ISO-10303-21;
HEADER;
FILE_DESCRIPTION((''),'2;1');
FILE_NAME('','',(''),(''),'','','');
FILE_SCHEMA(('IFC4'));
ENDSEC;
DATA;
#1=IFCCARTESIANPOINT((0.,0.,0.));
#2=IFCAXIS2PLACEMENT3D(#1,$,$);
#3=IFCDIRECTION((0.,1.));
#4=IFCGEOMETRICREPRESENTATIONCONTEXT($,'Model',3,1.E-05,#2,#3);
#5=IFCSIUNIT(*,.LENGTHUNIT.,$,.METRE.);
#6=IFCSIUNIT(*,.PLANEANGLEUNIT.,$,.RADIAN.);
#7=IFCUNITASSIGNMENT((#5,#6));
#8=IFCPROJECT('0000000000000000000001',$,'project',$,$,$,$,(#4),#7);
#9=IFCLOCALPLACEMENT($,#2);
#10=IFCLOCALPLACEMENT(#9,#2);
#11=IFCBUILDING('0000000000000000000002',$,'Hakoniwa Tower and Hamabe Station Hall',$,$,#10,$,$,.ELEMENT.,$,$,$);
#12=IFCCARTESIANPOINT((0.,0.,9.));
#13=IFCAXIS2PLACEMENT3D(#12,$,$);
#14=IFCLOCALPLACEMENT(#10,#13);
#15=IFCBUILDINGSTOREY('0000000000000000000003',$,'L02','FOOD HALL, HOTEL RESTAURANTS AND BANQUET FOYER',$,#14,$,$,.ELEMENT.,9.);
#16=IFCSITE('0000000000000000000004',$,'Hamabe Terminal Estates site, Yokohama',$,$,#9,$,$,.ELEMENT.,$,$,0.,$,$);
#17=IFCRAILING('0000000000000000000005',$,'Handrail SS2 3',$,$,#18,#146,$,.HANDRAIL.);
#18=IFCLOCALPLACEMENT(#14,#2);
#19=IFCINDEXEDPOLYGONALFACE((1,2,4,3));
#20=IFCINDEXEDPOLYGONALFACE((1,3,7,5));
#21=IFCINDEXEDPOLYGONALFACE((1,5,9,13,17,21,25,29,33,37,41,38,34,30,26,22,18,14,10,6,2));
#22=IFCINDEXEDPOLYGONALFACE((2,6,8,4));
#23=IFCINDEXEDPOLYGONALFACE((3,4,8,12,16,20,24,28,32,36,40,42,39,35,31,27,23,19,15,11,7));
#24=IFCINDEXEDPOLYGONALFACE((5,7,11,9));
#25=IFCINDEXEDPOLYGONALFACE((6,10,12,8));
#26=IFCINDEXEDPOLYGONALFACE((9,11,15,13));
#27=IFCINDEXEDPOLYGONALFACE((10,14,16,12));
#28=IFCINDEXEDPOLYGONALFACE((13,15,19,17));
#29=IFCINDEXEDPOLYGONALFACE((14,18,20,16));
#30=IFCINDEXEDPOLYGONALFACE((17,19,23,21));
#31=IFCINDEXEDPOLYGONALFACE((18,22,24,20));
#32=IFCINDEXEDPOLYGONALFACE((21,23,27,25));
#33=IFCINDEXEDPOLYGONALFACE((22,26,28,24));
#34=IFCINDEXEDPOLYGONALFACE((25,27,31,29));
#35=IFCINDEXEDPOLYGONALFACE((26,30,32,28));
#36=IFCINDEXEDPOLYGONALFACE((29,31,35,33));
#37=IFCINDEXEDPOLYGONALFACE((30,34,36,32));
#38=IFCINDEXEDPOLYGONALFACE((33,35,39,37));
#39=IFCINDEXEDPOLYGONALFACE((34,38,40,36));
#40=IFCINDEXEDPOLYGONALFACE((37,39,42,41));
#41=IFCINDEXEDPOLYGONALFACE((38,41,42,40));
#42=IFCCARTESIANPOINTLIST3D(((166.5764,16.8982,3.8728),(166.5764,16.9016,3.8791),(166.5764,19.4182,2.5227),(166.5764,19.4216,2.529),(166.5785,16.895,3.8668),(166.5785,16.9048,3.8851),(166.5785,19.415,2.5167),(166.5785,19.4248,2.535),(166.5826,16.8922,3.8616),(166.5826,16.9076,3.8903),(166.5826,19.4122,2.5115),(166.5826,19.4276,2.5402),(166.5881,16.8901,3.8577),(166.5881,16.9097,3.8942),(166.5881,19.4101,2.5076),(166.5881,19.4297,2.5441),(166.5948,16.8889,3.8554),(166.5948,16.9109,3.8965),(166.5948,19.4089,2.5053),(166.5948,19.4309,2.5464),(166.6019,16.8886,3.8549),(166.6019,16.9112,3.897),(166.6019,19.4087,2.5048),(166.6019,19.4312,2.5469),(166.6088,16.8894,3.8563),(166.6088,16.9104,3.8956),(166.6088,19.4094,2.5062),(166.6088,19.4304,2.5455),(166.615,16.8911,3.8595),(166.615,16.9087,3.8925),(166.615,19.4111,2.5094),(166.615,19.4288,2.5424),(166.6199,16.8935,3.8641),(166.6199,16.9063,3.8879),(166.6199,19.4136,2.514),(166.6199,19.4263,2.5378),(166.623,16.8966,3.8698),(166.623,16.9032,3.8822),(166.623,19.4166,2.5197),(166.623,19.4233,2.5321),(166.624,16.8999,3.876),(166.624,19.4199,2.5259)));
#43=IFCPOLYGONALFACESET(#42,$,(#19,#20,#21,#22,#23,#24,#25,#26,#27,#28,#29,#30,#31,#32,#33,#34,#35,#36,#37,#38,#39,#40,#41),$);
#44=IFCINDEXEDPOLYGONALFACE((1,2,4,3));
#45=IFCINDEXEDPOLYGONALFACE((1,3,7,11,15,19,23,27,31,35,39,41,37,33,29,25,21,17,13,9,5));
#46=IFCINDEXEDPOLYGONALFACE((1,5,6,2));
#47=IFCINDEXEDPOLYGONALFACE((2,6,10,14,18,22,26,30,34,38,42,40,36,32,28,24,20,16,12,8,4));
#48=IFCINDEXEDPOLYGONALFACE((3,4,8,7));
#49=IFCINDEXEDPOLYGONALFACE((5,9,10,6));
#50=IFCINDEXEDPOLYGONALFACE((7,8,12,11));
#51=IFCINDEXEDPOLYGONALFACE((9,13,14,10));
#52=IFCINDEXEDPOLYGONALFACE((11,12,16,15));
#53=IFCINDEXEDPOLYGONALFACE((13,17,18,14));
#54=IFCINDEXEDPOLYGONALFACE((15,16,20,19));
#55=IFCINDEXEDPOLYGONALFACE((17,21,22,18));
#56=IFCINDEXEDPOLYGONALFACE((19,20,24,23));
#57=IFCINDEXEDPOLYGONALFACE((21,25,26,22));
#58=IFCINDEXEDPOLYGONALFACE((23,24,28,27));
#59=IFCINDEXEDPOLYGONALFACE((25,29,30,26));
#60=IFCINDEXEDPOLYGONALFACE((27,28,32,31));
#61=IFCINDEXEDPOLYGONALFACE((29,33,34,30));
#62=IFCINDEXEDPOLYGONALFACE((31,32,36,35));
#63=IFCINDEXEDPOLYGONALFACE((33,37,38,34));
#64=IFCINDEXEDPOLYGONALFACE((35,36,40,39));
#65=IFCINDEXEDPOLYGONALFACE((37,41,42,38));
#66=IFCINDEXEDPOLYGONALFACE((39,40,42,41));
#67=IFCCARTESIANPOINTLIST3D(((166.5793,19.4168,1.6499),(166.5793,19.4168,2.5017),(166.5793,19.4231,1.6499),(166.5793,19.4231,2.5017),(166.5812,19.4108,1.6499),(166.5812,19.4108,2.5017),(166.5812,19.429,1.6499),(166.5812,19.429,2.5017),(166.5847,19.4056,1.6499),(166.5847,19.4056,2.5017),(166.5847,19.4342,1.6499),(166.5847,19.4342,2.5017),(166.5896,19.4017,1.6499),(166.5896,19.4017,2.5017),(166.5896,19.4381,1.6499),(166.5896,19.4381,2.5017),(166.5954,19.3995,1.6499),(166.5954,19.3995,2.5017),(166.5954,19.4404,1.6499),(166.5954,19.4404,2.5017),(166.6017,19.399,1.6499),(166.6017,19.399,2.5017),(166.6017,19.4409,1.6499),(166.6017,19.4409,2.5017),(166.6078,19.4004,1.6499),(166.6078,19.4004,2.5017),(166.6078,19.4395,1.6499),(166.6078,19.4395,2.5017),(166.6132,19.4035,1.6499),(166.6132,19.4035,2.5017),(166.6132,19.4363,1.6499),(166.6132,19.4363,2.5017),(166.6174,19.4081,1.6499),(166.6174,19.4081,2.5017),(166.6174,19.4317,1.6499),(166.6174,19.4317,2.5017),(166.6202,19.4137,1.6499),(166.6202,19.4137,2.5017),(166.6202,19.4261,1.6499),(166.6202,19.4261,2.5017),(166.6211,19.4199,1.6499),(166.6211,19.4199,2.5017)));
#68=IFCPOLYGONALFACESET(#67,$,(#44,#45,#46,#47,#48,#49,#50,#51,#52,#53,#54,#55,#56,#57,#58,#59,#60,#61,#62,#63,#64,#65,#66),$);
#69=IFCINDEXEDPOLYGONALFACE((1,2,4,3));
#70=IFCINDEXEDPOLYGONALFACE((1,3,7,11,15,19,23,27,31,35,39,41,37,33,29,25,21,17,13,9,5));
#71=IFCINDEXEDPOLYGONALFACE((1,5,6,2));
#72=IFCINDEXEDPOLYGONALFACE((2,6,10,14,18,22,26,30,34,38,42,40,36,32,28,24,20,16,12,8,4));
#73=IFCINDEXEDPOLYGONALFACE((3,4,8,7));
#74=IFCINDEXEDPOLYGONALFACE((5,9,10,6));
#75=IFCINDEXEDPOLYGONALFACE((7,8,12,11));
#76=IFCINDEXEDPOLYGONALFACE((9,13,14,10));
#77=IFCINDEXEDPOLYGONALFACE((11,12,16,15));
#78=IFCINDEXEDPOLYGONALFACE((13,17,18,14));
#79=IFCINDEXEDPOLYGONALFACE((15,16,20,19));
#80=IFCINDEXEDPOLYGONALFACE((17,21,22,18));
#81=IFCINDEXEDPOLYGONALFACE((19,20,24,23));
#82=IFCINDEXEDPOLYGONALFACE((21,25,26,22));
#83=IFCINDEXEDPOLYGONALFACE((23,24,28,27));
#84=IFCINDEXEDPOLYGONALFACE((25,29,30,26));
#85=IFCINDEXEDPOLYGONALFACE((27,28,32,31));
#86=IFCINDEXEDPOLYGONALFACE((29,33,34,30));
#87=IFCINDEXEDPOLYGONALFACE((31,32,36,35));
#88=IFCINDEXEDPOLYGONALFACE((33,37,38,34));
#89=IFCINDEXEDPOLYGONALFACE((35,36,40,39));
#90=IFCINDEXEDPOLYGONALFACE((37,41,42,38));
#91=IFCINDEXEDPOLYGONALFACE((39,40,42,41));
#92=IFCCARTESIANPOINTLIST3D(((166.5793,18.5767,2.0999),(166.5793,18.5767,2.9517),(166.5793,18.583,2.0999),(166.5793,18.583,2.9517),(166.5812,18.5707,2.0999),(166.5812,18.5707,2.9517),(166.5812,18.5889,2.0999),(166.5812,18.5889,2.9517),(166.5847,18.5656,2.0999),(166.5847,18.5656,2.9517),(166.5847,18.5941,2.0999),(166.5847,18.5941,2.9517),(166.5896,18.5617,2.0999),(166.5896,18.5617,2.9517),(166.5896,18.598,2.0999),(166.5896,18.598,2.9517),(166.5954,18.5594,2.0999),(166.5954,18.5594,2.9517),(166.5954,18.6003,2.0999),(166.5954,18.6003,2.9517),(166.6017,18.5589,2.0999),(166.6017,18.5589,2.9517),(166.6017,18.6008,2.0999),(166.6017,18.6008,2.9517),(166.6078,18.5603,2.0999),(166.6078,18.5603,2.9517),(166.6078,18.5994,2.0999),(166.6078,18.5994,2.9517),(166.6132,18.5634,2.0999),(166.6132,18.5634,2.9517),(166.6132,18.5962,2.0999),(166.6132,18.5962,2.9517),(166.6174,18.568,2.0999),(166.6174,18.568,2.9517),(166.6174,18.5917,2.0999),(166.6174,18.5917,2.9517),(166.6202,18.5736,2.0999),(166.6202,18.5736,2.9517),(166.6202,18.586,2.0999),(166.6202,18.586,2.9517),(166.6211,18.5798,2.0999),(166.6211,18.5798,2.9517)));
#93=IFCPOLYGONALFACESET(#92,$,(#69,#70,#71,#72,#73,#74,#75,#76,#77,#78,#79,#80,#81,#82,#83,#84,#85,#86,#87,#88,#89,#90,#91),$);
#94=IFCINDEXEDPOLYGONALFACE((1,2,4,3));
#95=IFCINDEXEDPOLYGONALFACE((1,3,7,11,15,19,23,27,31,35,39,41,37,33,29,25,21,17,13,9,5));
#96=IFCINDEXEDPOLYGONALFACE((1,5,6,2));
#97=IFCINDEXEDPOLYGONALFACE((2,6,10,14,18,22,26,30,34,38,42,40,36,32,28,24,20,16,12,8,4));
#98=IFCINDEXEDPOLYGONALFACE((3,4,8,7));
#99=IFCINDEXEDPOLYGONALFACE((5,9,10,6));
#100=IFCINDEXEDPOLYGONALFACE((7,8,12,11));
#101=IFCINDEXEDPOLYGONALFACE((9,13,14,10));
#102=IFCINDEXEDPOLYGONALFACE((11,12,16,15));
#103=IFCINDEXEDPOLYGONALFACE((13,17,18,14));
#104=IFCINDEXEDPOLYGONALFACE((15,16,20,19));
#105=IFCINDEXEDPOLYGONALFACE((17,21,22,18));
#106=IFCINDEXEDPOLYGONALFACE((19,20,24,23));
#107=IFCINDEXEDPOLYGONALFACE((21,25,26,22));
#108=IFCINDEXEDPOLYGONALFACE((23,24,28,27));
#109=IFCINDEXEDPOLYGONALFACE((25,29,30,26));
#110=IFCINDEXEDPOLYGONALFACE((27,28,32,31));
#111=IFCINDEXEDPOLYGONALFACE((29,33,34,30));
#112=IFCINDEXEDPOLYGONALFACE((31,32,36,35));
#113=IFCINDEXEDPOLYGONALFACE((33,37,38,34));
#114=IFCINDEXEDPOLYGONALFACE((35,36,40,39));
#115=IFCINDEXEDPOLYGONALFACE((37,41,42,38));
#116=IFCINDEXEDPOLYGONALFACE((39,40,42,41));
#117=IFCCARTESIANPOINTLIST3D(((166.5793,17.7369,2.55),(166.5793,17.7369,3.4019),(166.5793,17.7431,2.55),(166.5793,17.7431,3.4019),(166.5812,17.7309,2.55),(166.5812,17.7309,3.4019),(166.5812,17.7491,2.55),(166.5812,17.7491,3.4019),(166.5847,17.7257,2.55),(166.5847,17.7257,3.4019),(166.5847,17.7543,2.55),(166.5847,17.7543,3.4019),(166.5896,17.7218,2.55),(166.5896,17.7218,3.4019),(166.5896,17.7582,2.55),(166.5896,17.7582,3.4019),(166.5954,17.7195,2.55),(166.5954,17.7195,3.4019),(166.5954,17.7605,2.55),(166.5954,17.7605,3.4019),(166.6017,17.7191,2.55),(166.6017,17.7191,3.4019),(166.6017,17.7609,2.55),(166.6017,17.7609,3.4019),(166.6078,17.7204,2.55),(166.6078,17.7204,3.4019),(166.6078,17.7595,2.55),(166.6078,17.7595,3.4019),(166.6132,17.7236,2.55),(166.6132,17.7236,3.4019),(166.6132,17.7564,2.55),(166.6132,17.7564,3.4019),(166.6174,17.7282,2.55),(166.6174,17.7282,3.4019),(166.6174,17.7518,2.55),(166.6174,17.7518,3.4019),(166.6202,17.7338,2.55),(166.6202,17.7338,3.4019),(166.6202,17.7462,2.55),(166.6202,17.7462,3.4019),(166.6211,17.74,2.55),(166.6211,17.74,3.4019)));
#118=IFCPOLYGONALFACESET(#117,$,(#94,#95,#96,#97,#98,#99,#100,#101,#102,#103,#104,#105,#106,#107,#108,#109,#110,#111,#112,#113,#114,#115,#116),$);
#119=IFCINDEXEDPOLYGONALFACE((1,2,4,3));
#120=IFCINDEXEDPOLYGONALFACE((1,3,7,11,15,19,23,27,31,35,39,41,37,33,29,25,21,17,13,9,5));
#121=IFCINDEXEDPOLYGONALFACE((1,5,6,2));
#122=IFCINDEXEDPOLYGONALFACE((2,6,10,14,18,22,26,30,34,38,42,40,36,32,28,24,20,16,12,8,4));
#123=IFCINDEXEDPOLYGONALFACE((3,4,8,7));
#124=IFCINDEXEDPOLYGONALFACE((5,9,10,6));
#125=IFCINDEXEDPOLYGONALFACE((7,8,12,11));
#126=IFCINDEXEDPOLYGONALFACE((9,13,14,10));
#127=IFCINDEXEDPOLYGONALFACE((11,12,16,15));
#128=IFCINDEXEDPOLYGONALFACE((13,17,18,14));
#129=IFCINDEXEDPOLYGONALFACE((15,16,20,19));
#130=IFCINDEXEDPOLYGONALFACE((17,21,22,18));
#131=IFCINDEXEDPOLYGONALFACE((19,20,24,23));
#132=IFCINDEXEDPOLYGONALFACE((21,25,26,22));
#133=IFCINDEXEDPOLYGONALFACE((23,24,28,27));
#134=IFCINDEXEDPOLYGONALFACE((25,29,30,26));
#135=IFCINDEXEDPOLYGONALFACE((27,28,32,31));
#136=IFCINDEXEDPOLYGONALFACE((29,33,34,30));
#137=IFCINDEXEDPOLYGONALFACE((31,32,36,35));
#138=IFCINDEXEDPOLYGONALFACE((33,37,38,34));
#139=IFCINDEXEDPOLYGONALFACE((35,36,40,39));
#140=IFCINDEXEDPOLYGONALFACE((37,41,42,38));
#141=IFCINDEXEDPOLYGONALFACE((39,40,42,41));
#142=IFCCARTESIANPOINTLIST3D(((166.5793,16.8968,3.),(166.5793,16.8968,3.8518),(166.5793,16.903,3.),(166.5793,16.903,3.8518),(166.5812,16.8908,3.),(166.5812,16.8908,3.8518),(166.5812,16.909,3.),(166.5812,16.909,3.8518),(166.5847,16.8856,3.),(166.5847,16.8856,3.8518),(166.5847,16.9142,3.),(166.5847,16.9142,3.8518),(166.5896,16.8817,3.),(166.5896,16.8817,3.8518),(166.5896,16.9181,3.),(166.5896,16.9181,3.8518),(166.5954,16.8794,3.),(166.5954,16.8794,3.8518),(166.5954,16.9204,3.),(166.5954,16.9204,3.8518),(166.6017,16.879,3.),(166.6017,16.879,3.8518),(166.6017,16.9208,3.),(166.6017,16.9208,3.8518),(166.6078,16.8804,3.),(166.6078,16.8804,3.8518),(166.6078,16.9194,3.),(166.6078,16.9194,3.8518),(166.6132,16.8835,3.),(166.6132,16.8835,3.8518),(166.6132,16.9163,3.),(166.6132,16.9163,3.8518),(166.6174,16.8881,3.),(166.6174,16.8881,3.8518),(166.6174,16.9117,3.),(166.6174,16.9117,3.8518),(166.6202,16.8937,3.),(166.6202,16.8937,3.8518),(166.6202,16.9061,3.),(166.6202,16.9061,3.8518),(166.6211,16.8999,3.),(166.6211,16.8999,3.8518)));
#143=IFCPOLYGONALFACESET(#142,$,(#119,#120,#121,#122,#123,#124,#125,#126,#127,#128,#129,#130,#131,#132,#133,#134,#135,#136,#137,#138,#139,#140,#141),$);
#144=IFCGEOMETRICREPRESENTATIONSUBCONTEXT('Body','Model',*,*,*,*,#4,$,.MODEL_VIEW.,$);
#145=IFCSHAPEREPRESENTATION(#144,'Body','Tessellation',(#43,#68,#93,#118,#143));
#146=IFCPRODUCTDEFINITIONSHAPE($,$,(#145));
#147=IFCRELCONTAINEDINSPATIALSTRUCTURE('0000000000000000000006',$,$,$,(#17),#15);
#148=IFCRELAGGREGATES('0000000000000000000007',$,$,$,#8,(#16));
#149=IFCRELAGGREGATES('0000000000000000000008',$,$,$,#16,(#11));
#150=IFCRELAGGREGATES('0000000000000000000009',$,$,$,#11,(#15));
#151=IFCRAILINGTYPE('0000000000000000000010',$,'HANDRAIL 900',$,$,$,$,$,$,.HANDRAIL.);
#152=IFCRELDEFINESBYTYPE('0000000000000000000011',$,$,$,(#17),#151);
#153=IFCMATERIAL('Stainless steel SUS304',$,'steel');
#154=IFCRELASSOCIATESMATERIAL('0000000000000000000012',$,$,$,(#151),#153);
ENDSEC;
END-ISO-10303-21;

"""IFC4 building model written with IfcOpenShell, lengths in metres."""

from ifc_helpers import new_model, si_unit, direction, frame, origin, origin_2d, place, context, subcontext, project, spatial, circle, extrude, material, type_object, element, save


model = new_model("IFC4")

# Units and contexts
model_context = context("Model", 3, precision=1e-05, world=origin(), true_north=direction((0.0, 1.0)))
body_context = subcontext(model_context, "Body", "Model", "MODEL_VIEW")
ifc_project = project(units=[si_unit("LENGTHUNIT", "METRE"), si_unit("PLANEANGLEUNIT", "RADIAN")], contexts=[model_context])

# Site, building, storey
site_placement = place(None, origin())
site = spatial("IfcSite", under=ifc_project, at=site_placement, Name="Hamabe Terminal Estates site, Yokohama", CompositionType="ELEMENT", RefElevation=0.0)
building_placement = place(site_placement, origin())
building = spatial("IfcBuilding", under=site, at=building_placement, Name="Hakoniwa Tower and Hamabe Station Hall", CompositionType="ELEMENT")
storey_placement = place(building_placement, frame((0.0, 0.0, 9.0)))
storey = spatial("IfcBuildingStorey", under=building, at=storey_placement, Name="L02", Description="FOOD HALL, HOTEL RESTAURANTS AND BANQUET FOYER", CompositionType="ELEMENT", Elevation=9.0)

# Railing
ifc_material_1 = material(Name="Stainless steel SUS304", Category="steel")
railing_type = type_object("IfcRailingType", Name="HANDRAIL 900", PredefinedType="HANDRAIL", material=ifc_material_1)
for number, where, name in (
    (1, (166.6001, 19.4199, 1.6499), "Handrail SS2 3"),
):
    element("IfcRailing", number, at=place(storey_placement, frame(where)), inside=storey, type_object=railing_type, Name=name, PredefinedType="HANDRAIL", context=body_context, shape_type="SweptSolid", body=[
        extrude(circle(Radius=0.0239, at=origin_2d()), frame((0.0, 0.0, 0.876), z_axis=(0.0, -0.881467, 0.472245), x_axis=(1.0, 0.0, 0.0)), (0.0, 0.0, 1.0), 2.8589),
        extrude(circle(Radius=0.021, at=origin_2d()), origin(), (0.0, 0.0, 1.0), 0.8518),
        extrude(circle(Radius=0.021, at=origin_2d()), frame((0.0, -0.8401, 0.45)), (0.0, 0.0, 1.0), 0.8518),
        extrude(circle(Radius=0.021, at=origin_2d()), frame((0.0, -1.6799, 0.9001)), (0.0, 0.0, 1.0), 0.8518),
        extrude(circle(Radius=0.021, at=origin_2d()), frame((0.0, -2.52, 1.3501)), (0.0, 0.0, 1.0), 0.8518),
    ])

save(model, "model.ifc")
